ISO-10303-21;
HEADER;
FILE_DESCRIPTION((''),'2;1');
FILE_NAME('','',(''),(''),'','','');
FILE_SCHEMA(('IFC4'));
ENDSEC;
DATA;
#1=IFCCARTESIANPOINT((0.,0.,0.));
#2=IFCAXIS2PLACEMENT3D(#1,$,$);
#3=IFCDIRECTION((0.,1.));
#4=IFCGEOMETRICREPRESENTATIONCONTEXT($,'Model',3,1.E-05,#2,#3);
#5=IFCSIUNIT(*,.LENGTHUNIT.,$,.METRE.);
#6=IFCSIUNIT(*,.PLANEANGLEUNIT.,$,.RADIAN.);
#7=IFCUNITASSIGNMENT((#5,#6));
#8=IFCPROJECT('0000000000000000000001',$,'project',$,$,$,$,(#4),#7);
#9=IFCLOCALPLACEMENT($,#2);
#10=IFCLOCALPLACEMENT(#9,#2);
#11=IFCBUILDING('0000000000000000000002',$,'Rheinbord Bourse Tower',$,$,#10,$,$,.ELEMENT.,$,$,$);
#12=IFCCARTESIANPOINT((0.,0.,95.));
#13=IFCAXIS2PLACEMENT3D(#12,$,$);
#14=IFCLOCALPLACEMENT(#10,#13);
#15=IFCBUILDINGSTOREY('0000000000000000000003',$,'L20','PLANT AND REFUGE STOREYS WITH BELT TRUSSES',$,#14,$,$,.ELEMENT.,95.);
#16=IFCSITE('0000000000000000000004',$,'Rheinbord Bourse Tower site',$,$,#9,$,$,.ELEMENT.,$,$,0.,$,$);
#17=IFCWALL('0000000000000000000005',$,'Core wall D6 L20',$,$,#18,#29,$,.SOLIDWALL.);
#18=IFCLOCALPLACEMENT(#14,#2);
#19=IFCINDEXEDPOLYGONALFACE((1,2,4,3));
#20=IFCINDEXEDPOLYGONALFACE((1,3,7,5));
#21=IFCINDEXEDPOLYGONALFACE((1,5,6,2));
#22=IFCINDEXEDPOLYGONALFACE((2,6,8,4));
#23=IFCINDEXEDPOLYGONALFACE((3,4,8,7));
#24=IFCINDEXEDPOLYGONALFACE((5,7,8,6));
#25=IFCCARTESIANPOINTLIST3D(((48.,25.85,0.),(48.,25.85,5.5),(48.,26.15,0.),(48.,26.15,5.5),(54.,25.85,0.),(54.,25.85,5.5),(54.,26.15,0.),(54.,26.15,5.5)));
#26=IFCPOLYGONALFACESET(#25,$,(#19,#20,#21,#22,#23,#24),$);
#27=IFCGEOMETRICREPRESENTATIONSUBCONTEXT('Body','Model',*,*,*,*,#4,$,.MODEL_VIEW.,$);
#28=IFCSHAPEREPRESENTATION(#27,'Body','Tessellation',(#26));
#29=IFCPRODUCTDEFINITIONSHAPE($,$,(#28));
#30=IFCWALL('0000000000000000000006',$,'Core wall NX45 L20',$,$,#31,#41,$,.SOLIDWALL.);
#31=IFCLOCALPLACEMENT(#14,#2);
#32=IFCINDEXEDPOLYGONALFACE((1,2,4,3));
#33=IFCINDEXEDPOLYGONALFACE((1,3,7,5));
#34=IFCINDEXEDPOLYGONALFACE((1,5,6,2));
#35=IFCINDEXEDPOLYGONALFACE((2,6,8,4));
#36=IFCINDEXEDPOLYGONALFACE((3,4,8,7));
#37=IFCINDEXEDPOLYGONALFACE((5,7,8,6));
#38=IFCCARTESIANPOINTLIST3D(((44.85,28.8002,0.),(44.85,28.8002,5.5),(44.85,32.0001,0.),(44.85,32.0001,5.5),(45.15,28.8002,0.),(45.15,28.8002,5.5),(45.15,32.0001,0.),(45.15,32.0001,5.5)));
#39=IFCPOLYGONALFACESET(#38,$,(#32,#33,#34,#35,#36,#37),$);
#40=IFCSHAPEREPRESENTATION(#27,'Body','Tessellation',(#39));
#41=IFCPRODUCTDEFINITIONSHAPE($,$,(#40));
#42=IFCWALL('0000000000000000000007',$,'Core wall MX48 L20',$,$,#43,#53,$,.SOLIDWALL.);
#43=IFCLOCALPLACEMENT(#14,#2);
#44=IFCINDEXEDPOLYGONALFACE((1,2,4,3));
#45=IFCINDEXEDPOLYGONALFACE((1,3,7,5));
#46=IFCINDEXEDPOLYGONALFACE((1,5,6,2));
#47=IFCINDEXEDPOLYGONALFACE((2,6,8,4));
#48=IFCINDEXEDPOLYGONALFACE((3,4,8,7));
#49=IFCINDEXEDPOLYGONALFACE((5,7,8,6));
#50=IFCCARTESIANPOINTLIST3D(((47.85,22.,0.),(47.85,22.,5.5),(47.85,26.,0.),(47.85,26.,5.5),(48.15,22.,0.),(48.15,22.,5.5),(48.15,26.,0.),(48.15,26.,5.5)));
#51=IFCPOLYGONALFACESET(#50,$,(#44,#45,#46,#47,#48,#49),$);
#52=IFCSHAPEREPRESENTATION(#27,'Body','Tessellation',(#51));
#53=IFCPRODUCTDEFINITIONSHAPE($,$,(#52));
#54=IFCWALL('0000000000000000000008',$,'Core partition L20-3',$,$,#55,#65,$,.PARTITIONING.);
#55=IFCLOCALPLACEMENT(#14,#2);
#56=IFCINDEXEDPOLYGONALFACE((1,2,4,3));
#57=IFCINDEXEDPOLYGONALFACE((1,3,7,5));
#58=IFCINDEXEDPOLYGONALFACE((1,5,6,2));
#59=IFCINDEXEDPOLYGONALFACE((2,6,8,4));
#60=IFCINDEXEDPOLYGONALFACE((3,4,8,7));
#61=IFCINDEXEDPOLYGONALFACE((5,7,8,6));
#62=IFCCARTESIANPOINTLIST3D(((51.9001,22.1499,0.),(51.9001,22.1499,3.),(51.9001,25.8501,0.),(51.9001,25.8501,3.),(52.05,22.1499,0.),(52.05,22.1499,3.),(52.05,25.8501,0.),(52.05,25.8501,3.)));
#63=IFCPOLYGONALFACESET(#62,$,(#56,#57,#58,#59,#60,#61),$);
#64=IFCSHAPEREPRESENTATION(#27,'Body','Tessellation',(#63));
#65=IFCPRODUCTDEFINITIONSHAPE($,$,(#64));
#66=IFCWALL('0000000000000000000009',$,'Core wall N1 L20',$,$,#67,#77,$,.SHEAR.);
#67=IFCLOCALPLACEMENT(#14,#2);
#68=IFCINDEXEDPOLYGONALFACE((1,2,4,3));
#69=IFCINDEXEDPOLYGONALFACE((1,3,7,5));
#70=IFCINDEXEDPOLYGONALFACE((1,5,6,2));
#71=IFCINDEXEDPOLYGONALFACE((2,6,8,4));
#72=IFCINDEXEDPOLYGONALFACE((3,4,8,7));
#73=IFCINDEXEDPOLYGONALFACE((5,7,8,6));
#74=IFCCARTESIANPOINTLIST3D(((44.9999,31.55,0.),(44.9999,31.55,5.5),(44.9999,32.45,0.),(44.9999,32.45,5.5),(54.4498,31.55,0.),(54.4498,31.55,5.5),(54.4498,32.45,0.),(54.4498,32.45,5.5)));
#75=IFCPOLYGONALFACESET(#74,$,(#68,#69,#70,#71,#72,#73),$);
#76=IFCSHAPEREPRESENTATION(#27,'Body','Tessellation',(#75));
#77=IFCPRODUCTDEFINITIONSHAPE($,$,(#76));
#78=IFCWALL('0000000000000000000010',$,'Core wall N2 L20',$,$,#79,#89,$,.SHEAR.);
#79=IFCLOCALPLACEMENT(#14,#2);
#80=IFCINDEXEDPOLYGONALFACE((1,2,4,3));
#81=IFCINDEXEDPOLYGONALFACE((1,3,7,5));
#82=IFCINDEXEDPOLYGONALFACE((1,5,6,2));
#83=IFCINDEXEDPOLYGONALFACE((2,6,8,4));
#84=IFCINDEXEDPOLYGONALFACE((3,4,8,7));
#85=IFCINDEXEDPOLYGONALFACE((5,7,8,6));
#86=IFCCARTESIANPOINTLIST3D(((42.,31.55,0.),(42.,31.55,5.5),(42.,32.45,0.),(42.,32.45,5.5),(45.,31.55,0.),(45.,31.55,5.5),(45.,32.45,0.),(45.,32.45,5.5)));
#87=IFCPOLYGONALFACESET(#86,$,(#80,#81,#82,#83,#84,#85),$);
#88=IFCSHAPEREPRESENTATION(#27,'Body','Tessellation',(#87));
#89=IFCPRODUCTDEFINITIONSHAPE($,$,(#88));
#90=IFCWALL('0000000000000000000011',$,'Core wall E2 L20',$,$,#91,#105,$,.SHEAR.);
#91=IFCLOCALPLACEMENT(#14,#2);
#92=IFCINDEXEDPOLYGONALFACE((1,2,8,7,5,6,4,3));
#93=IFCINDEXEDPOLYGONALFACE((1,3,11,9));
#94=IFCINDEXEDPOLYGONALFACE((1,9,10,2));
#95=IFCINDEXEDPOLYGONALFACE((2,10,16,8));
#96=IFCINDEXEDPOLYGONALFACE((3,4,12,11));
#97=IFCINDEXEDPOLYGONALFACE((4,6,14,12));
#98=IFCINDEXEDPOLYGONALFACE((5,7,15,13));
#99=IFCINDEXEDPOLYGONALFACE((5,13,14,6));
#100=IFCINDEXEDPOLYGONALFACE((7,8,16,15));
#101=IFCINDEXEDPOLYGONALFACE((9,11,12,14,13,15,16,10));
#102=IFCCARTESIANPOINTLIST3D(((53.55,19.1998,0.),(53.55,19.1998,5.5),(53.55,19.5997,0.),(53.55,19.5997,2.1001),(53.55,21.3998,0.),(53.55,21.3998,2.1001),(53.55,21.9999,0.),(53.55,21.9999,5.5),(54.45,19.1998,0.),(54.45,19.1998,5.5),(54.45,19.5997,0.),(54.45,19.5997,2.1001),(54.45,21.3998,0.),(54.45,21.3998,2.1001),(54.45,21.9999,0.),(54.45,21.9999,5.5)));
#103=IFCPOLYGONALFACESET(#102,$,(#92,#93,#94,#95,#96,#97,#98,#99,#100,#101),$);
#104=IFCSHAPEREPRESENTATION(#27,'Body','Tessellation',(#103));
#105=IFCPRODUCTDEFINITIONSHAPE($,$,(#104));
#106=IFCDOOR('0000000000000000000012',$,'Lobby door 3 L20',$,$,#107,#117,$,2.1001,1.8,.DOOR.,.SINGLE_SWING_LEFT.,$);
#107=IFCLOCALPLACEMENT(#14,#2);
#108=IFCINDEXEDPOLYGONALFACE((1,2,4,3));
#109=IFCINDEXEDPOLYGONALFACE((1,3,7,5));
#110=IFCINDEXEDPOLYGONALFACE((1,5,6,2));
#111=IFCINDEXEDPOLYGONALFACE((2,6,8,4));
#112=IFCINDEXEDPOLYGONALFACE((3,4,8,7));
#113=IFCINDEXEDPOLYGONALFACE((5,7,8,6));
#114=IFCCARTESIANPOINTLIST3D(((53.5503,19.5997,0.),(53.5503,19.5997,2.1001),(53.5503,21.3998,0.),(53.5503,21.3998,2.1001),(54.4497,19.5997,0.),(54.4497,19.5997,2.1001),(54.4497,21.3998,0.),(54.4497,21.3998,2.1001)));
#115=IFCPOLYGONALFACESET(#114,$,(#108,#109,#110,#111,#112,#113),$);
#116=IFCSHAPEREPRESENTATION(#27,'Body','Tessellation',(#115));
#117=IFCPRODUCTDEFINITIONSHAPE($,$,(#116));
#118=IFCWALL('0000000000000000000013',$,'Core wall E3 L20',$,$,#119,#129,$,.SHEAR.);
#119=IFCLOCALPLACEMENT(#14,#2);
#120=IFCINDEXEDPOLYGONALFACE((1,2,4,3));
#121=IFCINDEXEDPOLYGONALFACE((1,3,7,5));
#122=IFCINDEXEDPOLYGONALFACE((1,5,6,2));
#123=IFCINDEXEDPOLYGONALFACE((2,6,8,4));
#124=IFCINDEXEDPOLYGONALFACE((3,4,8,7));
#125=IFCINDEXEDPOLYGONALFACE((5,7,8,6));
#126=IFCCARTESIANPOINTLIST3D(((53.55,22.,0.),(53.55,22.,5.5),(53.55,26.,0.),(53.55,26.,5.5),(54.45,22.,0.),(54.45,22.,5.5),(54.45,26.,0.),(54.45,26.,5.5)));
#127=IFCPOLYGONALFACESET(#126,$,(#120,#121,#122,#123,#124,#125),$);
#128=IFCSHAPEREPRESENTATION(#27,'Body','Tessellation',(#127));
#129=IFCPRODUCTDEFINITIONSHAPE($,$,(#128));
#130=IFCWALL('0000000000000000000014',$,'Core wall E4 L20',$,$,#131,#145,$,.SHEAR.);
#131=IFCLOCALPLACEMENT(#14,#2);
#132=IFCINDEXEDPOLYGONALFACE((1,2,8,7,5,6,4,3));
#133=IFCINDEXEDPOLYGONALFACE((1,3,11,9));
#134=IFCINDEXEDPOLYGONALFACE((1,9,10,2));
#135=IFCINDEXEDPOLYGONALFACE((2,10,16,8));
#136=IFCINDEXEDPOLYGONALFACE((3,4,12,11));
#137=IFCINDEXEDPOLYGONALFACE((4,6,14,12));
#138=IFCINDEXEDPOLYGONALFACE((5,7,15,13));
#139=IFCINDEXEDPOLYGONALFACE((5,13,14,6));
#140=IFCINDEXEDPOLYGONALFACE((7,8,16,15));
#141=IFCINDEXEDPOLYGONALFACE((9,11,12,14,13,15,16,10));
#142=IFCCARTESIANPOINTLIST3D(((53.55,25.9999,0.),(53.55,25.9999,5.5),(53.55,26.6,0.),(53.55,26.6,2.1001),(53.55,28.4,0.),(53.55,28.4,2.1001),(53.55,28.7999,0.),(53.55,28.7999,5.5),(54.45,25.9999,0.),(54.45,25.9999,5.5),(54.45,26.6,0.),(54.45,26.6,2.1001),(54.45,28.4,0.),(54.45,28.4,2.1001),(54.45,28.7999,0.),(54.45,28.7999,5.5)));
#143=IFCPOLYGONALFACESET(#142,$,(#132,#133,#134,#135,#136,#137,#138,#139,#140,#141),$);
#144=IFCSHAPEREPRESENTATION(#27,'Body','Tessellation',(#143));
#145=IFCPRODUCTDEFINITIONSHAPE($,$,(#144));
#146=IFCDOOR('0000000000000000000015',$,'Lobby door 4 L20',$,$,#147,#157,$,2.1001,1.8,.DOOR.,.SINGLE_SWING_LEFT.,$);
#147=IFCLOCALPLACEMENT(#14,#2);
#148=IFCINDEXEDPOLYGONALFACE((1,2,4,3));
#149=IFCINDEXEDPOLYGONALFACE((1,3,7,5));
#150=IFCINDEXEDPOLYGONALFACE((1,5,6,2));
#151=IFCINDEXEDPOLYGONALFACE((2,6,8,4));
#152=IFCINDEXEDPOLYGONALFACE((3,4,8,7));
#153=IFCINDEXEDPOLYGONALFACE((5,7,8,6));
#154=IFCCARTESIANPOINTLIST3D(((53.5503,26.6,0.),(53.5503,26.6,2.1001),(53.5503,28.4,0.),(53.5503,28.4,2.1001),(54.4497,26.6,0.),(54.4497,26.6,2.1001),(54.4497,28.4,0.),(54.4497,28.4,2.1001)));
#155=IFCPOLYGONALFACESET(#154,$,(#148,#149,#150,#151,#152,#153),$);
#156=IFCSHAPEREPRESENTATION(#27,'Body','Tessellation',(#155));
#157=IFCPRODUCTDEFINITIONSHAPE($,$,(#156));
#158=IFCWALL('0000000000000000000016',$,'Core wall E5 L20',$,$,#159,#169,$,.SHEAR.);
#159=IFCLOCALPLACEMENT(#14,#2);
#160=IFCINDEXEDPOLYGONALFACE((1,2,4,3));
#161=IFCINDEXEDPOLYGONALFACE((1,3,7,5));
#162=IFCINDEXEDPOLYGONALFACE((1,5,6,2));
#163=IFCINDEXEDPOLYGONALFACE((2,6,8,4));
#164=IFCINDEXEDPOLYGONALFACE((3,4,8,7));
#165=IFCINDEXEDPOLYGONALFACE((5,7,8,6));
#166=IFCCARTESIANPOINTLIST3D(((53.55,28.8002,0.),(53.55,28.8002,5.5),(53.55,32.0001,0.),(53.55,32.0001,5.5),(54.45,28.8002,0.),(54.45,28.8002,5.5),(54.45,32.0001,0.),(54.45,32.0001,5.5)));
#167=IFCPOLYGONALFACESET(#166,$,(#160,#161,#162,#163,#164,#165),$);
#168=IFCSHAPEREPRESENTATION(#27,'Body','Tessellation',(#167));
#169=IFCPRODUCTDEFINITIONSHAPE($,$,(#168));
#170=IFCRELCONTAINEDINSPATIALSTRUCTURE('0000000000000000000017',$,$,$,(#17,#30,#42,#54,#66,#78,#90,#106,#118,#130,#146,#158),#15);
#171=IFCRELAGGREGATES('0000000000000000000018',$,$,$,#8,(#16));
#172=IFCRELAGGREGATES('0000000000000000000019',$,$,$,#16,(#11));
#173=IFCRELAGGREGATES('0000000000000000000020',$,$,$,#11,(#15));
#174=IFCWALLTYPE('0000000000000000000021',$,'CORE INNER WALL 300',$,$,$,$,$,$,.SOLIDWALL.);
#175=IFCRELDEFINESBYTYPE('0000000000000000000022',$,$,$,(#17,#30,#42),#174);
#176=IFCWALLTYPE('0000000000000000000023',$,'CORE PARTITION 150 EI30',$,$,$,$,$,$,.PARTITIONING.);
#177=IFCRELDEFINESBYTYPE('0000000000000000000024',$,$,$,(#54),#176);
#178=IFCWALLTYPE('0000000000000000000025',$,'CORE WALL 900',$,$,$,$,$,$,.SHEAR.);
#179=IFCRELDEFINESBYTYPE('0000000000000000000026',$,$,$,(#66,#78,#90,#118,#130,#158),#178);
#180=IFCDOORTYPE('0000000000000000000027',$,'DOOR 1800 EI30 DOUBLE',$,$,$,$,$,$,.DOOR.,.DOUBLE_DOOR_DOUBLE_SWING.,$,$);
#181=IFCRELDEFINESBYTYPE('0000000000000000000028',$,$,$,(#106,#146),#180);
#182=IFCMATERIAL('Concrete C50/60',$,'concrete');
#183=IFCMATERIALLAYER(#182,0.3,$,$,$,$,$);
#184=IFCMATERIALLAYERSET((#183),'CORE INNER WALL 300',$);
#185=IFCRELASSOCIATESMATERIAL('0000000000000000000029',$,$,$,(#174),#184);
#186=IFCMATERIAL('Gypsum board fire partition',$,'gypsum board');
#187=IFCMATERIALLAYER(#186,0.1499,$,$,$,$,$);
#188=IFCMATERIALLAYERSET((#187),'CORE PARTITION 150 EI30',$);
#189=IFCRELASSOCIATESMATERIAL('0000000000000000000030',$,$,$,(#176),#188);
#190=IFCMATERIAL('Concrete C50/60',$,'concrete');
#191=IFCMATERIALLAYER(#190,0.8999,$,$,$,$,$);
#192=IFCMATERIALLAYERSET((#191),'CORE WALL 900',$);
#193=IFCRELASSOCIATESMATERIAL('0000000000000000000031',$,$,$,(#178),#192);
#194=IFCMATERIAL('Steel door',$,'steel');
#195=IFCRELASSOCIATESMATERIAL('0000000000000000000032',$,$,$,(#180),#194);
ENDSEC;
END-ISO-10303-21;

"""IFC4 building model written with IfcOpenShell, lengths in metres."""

from ifc_helpers import new_model, si_unit, direction, frame, frame_2d, origin, place, context, subcontext, project, spatial, rectangle, extrude, material, layer, layer_set, type_object, element, fill, save


model = new_model("IFC4")

# Units and contexts
model_context = context("Model", 3, precision=1e-05, world=origin(), true_north=direction((0.0, 1.0)))
body_context = subcontext(model_context, "Body", "Model", "MODEL_VIEW")
ifc_project = project(units=[si_unit("LENGTHUNIT", "METRE"), si_unit("PLANEANGLEUNIT", "RADIAN")], contexts=[model_context])

# Site, building, storey
site_placement = place(None, origin())
site = spatial("IfcSite", under=ifc_project, at=site_placement, Name="Rheinbord Bourse Tower site", CompositionType="ELEMENT", RefElevation=0.0)
building_placement = place(site_placement, origin())
building = spatial("IfcBuilding", under=site, at=building_placement, Name="Rheinbord Bourse Tower", CompositionType="ELEMENT")
storey_placement = place(building_placement, frame((0.0, 0.0, 95.0)))
storey = spatial("IfcBuildingStorey", under=building, at=storey_placement, Name="L20", Description="PLANT AND REFUGE STOREYS WITH BELT TRUSSES", CompositionType="ELEMENT", Elevation=95.0)

# Shared definitions
ifc_material_1 = material(Name="Concrete C50/60", Category="concrete")
ifc_layer_1 = layer(ifc_material_1, 0.3)
ifc_layer_set_1 = layer_set([ifc_layer_1], Name="CORE INNER WALL 300")
wall_type_1 = type_object("IfcWallType", Name="CORE INNER WALL 300", PredefinedType="SOLIDWALL", material=ifc_layer_set_1)

# Walls
wall_1_placement = place(storey_placement, frame((48.0, 26.0, 0.0), z_axis=(0.0, 0.0, 1.0), x_axis=(1.0, 0.0, 0.0)))
element("IfcWall", 1, at=wall_1_placement, inside=storey, type_object=wall_type_1, Name="Core wall D6 L20", PredefinedType="SOLIDWALL", context=body_context, shape_type="SweptSolid", body=[
    extrude(rectangle(XDim=6.0, YDim=0.3, at=frame_2d((3.0, 0.0))), origin(), (0.0, 0.0, 1.0), 5.5),
])
wall_2_placement = place(storey_placement, frame((45.0, 28.8, 0.0), z_axis=(0.0, 0.0, 1.0), x_axis=(0.0, 1.0, 0.0)))
element("IfcWall", 2, at=wall_2_placement, inside=storey, type_object=wall_type_1, Name="Core wall NX45 L20", PredefinedType="SOLIDWALL", context=body_context, shape_type="SweptSolid", body=[
    extrude(rectangle(XDim=3.2, YDim=0.3, at=frame_2d((1.6001, 0.0))), origin(), (0.0, 0.0, 1.0), 5.5),
])
wall_3_placement = place(storey_placement, frame((48.0, 22.0, 0.0), z_axis=(0.0, 0.0, 1.0), x_axis=(0.0, 1.0, 0.0)))
element("IfcWall", 3, at=wall_3_placement, inside=storey, type_object=wall_type_1, Name="Core wall MX48 L20", PredefinedType="SOLIDWALL", context=body_context, shape_type="SweptSolid", body=[
    extrude(rectangle(XDim=4.0, YDim=0.3, at=frame_2d((2.0, 0.0))), origin(), (0.0, 0.0, 1.0), 5.5),
])
ifc_material_2 = material(Name="Gypsum board fire partition", Category="gypsum board")
ifc_layer_2 = layer(ifc_material_2, 0.1499)
ifc_layer_set_2 = layer_set([ifc_layer_2], Name="CORE PARTITION 150 EI30")
wall_type_2 = type_object("IfcWallType", Name="CORE PARTITION 150 EI30", PredefinedType="PARTITIONING", material=ifc_layer_set_2)
wall_4_placement = place(storey_placement, frame((51.9751, 22.1499, 0.0), z_axis=(0.0, 0.0, 1.0), x_axis=(0.0, 1.0, 0.0)))
element("IfcWall", 4, at=wall_4_placement, inside=storey, type_object=wall_type_2, Name="Core partition L20-3", PredefinedType="PARTITIONING", context=body_context, shape_type="SweptSolid", body=[
    extrude(rectangle(XDim=3.7002, YDim=0.1499, at=frame_2d((1.8501, 0.0))), origin(), (0.0, 0.0, 1.0), 3.0),
])
ifc_material_3 = material(Name="Concrete C50/60", Category="concrete")
ifc_layer_3 = layer(ifc_material_3, 0.8999)
ifc_layer_set_3 = layer_set([ifc_layer_3], Name="CORE WALL 900")
wall_type_3 = type_object("IfcWallType", Name="CORE WALL 900", PredefinedType="SHEAR", material=ifc_layer_set_3)
wall_5_placement = place(storey_placement, frame((54.45, 32.0, 0.0), z_axis=(0.0, 0.0, 1.0), x_axis=(-1.0, 0.0, 0.0)))
element("IfcWall", 5, at=wall_5_placement, inside=storey, type_object=wall_type_3, Name="Core wall N1 L20", PredefinedType="SHEAR", context=body_context, shape_type="SweptSolid", body=[
    extrude(rectangle(XDim=9.45, YDim=0.8999, at=frame_2d((4.7251, 0.0))), origin(), (0.0, 0.0, 1.0), 5.5),
])
wall_6_placement = place(storey_placement, frame((45.0, 32.0, 0.0), z_axis=(0.0, 0.0, 1.0), x_axis=(-1.0, 0.0, 0.0)))
element("IfcWall", 6, at=wall_6_placement, inside=storey, type_object=wall_type_3, Name="Core wall N2 L20", PredefinedType="SHEAR", context=body_context, shape_type="SweptSolid", body=[
    extrude(rectangle(XDim=3.0, YDim=0.8999, at=frame_2d((1.5, 0.0))), origin(), (0.0, 0.0, 1.0), 5.5),
])

# Wall, opening, door
wall_7_placement = place(storey_placement, frame((54.0, 19.2, 0.0), z_axis=(0.0, 0.0, 1.0), x_axis=(0.0, 1.0, 0.0)))
wall_7 = element("IfcWall", 7, at=wall_7_placement, inside=storey, type_object=wall_type_3, Name="Core wall E2 L20", PredefinedType="SHEAR", context=body_context, shape_type="SweptSolid", body=[
    extrude(rectangle(XDim=2.8, YDim=0.8999, at=frame_2d((1.3999, 0.0))), origin(), (0.0, 0.0, 1.0), 5.5),
])
opening_1_placement = place(wall_7_placement, frame((0.3999, 0.0, 0.0)))
opening_1 = element("IfcOpeningElement", 8, at=opening_1_placement, cuts=wall_7, PredefinedType="OPENING", context=body_context, shape_type="SweptSolid", body=[
    extrude(rectangle(XDim=1.8, YDim=2.1001, at=frame_2d((0.8999, 1.05))), frame((0.0, 0.46, 0.0), z_axis=(0.0, -1.0, 0.0), x_axis=(1.0, 0.0, 0.0)), (0.0, 0.0, 1.0), 0.9199),
])
ifc_material_4 = material(Name="Steel door", Category="steel")
door_type_1 = type_object("IfcDoorType", Name="DOOR 1800 EI30 DOUBLE", OperationType="DOUBLE_DOOR_DOUBLE_SWING", PredefinedType="DOOR", material=ifc_material_4)
door_1_placement = place(opening_1_placement, origin())
door_1 = element("IfcDoor", 9, at=door_1_placement, inside=storey, type_object=door_type_1, Name="Lobby door 3 L20", OperationType="SINGLE_SWING_LEFT", OverallHeight=2.1001, OverallWidth=1.8, PredefinedType="DOOR", context=body_context, shape_type="SweptSolid", body=[
    extrude(rectangle(XDim=1.8, YDim=2.1001, at=frame_2d((0.8999, 1.05))), frame((0.0, 0.4497, 0.0), z_axis=(0.0, -1.0, 0.0), x_axis=(1.0, 0.0, 0.0)), (0.0, 0.0, 1.0), 0.8994),
])
fill(opening_1, door_1)

# Wall
wall_8_placement = place(storey_placement, frame((54.0, 22.0, 0.0), z_axis=(0.0, 0.0, 1.0), x_axis=(0.0, 1.0, 0.0)))
element("IfcWall", 10, at=wall_8_placement, inside=storey, type_object=wall_type_3, Name="Core wall E3 L20", PredefinedType="SHEAR", context=body_context, shape_type="SweptSolid", body=[
    extrude(rectangle(XDim=4.0, YDim=0.8999, at=frame_2d((2.0, 0.0))), origin(), (0.0, 0.0, 1.0), 5.5),
])

# Wall, opening, door
wall_9_placement = place(storey_placement, frame((54.0, 26.0, 0.0), z_axis=(0.0, 0.0, 1.0), x_axis=(0.0, 1.0, 0.0)))
wall_9 = element("IfcWall", 11, at=wall_9_placement, inside=storey, type_object=wall_type_3, Name="Core wall E4 L20", PredefinedType="SHEAR", context=body_context, shape_type="SweptSolid", body=[
    extrude(rectangle(XDim=2.8, YDim=0.8999, at=frame_2d((1.3999, 0.0))), origin(), (0.0, 0.0, 1.0), 5.5),
])
opening_2_placement = place(wall_9_placement, frame((0.6001, 0.0, 0.0)))
opening_2 = element("IfcOpeningElement", 12, at=opening_2_placement, cuts=wall_9, PredefinedType="OPENING", context=body_context, shape_type="SweptSolid", body=[
    extrude(rectangle(XDim=1.8, YDim=2.1001, at=frame_2d((0.8999, 1.05))), frame((0.0, 0.46, 0.0), z_axis=(0.0, -1.0, 0.0), x_axis=(1.0, 0.0, 0.0)), (0.0, 0.0, 1.0), 0.9199),
])
door_2_placement = place(opening_2_placement, origin())
door_2 = element("IfcDoor", 13, at=door_2_placement, inside=storey, type_object=door_type_1, Name="Lobby door 4 L20", OperationType="SINGLE_SWING_LEFT", OverallHeight=2.1001, OverallWidth=1.8, PredefinedType="DOOR", context=body_context, shape_type="SweptSolid", body=[
    extrude(rectangle(XDim=1.8, YDim=2.1001, at=frame_2d((0.8999, 1.05))), frame((0.0, 0.4497, 0.0), z_axis=(0.0, -1.0, 0.0), x_axis=(1.0, 0.0, 0.0)), (0.0, 0.0, 1.0), 0.8994),
])
fill(opening_2, door_2)

# Wall
wall_10_placement = place(storey_placement, frame((54.0, 28.8, 0.0), z_axis=(0.0, 0.0, 1.0), x_axis=(0.0, 1.0, 0.0)))
element("IfcWall", 14, at=wall_10_placement, inside=storey, type_object=wall_type_3, Name="Core wall E5 L20", PredefinedType="SHEAR", context=body_context, shape_type="SweptSolid", body=[
    extrude(rectangle(XDim=3.2, YDim=0.8999, at=frame_2d((1.6001, 0.0))), origin(), (0.0, 0.0, 1.0), 5.5),
])

save(model, "model.ifc")
